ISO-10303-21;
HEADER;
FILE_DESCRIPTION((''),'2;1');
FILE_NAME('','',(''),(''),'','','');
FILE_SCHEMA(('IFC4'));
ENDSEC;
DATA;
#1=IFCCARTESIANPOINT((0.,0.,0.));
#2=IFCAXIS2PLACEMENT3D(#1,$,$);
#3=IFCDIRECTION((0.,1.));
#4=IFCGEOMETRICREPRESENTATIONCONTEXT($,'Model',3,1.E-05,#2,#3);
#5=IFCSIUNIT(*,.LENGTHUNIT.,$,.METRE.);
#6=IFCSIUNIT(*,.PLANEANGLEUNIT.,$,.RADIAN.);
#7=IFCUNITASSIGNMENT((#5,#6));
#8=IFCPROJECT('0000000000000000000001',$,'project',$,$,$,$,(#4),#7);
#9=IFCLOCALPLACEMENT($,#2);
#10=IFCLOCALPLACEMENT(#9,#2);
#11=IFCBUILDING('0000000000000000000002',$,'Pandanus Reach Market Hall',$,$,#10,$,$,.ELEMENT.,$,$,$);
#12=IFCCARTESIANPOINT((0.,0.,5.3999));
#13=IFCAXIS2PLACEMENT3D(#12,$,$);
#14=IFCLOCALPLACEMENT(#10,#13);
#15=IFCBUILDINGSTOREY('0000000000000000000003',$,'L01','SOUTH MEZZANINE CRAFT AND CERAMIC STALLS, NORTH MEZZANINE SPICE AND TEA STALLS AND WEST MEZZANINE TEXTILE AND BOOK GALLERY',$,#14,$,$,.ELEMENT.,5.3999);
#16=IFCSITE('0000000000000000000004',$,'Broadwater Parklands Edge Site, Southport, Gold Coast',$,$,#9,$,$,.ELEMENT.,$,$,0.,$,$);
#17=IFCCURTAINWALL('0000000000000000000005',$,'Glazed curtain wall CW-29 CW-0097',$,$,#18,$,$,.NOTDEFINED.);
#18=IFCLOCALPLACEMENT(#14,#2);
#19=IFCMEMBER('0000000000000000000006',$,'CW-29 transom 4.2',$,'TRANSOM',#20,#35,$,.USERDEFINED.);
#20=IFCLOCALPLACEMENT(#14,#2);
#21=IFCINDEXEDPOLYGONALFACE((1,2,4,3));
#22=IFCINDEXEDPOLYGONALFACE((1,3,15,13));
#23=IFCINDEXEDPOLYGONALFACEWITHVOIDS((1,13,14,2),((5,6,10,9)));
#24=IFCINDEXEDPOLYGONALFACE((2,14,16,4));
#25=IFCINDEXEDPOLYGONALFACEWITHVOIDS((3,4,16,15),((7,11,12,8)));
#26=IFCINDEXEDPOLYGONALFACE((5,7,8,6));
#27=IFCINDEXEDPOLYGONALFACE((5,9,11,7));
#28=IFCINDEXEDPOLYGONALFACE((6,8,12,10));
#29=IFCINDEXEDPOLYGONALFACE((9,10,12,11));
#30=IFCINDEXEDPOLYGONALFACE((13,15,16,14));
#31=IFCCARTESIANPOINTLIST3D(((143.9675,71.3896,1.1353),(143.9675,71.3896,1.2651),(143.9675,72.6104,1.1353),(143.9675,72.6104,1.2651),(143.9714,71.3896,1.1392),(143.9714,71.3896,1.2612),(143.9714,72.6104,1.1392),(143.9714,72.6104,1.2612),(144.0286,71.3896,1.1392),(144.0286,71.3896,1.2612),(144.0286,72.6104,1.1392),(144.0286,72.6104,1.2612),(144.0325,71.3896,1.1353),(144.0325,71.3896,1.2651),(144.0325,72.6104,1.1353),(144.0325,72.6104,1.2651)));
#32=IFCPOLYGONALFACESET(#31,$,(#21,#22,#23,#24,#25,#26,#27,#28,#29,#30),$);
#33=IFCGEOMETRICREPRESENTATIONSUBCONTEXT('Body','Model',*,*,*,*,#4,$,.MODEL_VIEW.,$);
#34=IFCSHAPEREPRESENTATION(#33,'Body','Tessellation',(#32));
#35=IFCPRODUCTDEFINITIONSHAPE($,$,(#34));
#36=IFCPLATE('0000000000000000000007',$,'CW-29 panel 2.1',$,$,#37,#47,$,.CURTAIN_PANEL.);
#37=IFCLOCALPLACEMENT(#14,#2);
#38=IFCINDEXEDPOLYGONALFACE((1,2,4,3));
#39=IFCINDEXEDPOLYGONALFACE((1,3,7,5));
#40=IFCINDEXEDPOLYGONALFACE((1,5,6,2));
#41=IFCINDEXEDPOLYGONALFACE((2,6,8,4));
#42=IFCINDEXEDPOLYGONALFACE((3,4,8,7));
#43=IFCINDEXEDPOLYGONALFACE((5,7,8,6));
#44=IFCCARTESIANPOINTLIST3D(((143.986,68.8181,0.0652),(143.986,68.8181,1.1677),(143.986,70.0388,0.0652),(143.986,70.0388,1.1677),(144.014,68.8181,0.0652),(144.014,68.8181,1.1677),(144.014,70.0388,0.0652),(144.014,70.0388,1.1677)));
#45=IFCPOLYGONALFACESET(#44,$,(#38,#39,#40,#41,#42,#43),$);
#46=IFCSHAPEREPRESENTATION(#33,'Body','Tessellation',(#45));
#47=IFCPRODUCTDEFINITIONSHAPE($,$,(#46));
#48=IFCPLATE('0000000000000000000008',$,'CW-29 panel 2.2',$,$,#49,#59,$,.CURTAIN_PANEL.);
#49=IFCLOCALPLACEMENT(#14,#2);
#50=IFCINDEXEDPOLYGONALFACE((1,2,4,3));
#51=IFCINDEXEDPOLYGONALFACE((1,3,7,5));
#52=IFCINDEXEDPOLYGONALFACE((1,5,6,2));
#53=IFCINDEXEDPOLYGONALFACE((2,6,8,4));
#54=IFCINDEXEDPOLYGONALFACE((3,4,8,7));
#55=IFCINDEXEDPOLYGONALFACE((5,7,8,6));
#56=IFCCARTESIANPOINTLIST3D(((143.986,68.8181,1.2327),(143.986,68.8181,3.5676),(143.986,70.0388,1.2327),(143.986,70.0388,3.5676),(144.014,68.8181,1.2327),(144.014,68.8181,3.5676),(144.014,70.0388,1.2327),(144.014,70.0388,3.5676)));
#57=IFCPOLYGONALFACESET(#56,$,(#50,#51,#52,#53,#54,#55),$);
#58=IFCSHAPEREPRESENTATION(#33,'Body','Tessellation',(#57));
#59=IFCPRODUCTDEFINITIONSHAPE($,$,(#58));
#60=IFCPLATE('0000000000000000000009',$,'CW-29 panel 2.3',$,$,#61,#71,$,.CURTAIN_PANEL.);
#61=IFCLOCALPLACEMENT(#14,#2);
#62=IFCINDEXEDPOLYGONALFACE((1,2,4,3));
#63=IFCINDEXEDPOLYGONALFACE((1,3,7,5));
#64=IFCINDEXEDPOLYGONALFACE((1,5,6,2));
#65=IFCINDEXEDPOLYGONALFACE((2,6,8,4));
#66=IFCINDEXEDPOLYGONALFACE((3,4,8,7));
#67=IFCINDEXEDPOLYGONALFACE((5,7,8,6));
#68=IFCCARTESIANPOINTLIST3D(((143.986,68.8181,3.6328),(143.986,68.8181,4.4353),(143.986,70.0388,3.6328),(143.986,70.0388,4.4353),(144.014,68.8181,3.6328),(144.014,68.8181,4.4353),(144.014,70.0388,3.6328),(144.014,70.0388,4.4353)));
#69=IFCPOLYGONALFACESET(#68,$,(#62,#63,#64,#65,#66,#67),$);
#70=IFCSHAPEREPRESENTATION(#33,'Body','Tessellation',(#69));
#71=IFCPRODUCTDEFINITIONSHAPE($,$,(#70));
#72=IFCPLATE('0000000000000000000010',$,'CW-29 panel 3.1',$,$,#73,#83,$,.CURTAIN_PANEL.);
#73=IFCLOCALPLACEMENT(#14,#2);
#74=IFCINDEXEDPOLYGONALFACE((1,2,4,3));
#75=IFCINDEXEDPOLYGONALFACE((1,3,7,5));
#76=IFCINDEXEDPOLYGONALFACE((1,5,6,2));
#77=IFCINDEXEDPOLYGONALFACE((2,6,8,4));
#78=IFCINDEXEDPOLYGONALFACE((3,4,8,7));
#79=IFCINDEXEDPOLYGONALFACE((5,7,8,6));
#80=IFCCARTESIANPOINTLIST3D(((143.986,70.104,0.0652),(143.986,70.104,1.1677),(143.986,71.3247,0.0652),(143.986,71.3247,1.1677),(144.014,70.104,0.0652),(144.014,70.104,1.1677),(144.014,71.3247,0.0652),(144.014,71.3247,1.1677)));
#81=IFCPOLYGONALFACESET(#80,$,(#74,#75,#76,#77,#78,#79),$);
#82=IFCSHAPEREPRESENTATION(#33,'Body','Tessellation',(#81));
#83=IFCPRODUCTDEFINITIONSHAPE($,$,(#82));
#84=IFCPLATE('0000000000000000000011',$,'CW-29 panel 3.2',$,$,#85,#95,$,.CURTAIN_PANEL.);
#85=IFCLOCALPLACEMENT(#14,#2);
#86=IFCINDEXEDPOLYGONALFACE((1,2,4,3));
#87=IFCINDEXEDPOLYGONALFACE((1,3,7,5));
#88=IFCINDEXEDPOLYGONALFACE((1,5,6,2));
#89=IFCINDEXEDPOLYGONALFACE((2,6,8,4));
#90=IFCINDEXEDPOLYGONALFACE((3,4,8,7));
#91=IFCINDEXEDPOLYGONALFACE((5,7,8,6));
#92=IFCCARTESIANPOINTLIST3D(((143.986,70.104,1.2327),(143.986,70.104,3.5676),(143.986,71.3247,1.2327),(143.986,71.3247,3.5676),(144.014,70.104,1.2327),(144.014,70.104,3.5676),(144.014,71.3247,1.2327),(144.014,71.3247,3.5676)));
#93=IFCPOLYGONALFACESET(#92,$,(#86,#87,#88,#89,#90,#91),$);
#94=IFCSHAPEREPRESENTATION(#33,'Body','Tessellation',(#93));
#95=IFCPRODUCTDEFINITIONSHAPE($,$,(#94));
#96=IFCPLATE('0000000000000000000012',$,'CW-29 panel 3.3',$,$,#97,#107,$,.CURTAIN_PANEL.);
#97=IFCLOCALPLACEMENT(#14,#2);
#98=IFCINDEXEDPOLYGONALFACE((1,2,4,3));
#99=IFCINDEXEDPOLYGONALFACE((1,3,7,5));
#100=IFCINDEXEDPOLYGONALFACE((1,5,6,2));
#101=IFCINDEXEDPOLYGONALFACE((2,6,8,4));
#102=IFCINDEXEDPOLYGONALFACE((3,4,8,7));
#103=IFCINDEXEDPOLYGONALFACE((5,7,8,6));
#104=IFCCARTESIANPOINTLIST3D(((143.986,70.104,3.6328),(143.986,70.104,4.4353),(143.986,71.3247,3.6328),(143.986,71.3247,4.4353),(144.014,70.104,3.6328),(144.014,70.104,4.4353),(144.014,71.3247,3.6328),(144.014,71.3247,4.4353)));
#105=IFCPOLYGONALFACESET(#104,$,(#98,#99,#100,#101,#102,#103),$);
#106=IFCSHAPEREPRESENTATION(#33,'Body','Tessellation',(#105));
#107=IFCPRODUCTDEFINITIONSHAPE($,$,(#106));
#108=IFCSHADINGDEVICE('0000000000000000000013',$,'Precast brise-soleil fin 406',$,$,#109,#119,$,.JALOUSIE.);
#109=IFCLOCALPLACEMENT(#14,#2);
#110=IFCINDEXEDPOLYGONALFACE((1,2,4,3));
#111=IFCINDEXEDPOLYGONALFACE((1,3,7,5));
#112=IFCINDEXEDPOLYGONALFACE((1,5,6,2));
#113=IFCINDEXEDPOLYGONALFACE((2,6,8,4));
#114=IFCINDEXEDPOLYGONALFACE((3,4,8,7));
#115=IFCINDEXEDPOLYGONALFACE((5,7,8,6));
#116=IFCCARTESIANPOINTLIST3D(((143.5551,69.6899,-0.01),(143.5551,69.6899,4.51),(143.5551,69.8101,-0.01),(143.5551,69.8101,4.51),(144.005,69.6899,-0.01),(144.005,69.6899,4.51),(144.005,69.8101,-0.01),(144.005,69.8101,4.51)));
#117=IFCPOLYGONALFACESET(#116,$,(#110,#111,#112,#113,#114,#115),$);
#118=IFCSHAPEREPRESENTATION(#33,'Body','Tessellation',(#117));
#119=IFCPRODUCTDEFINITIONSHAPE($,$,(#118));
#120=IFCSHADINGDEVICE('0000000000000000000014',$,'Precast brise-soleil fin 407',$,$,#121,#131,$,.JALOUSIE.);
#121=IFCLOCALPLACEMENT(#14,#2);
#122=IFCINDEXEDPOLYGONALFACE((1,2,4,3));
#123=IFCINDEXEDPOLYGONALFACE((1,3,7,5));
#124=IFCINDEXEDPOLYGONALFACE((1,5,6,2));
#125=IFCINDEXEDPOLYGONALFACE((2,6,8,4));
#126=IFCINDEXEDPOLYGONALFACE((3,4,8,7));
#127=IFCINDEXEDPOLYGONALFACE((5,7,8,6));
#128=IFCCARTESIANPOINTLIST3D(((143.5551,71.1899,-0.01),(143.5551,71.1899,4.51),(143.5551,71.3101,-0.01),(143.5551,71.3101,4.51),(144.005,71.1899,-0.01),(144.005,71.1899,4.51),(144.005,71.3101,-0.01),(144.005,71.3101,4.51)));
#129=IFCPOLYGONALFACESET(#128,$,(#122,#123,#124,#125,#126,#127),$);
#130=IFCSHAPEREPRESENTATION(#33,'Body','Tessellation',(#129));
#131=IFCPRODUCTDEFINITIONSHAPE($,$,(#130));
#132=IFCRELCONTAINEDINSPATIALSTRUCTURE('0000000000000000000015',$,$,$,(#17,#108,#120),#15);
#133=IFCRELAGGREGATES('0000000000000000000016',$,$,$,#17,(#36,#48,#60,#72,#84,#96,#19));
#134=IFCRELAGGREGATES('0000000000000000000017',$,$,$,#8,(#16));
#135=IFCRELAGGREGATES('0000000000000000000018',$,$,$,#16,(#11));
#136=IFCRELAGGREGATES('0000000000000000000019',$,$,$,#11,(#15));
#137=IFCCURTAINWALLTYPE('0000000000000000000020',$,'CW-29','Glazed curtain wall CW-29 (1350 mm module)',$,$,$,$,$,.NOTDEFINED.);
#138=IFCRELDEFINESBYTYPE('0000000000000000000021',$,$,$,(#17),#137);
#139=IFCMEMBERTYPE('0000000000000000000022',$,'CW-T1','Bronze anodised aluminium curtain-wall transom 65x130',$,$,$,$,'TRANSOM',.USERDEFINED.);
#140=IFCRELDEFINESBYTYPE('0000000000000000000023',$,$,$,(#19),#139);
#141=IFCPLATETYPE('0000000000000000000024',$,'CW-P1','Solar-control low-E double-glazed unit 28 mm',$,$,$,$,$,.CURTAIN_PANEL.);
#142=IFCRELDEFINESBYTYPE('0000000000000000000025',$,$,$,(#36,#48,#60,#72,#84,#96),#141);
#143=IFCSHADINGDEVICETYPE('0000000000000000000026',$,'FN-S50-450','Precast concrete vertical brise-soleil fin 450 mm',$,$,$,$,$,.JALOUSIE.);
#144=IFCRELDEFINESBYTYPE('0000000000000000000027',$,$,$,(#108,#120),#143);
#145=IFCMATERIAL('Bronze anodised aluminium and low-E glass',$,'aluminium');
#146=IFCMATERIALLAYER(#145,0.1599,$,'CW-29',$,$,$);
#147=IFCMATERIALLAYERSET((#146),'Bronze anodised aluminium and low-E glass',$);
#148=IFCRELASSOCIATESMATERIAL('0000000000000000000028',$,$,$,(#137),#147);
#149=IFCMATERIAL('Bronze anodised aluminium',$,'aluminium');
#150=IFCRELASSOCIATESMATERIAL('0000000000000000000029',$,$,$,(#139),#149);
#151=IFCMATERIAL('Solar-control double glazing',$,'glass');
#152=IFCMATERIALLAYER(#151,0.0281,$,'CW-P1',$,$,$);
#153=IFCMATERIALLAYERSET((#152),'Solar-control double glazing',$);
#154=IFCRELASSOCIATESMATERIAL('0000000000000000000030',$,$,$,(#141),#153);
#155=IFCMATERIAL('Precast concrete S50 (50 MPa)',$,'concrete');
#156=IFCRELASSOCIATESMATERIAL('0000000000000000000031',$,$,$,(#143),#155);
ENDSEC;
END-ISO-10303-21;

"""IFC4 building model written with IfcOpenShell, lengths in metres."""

from ifc_helpers import new_model, si_unit, direction, frame, origin, origin_2d, place, context, subcontext, project, spatial, rectangle, hollow_rectangle, extrude, material, layer, layer_set, material_profile, profile_set, type_object, element, aggregate, save


model = new_model("IFC4")

# Units and contexts
model_context = context("Model", 3, precision=1e-05, world=origin(), true_north=direction((0.0, 1.0)))
body_context = subcontext(model_context, "Body", "Model", "MODEL_VIEW")
ifc_project = project(units=[si_unit("LENGTHUNIT", "METRE"), si_unit("PLANEANGLEUNIT", "RADIAN")], contexts=[model_context])

# Site, building, storey
site_placement = place(None, origin())
site = spatial("IfcSite", under=ifc_project, at=site_placement, Name="Broadwater Parklands Edge Site, Southport, Gold Coast", CompositionType="ELEMENT", RefElevation=0.0)
building_placement = place(site_placement, origin())
building = spatial("IfcBuilding", under=site, at=building_placement, Name="Pandanus Reach Market Hall", CompositionType="ELEMENT")
storey_placement = place(building_placement, frame((0.0, 0.0, 5.3999)))
storey = spatial("IfcBuildingStorey", under=building, at=storey_placement, Name="L01", Description="SOUTH MEZZANINE CRAFT AND CERAMIC STALLS, NORTH MEZZANINE SPICE AND TEA STALLS AND WEST MEZZANINE TEXTILE AND BOOK GALLERY", CompositionType="ELEMENT", Elevation=5.3999)

# Curtain wall, member, plates
ifc_material_1 = material(Name="Bronze anodised aluminium and low-E glass", Category="aluminium")
ifc_layer_1 = layer(ifc_material_1, 0.1599, Name="CW-29")
ifc_layer_set_1 = layer_set([ifc_layer_1], Name="Bronze anodised aluminium and low-E glass")
curtain_wall_type = type_object("IfcCurtainWallType", Name="CW-29", Description="Glazed curtain wall CW-29 (1350 mm module)", PredefinedType="NOTDEFINED", material=ifc_layer_set_1)
curtain_wall_placement = place(storey_placement, origin())
curtain_wall = element("IfcCurtainWall", 1, at=curtain_wall_placement, inside=storey, type_object=curtain_wall_type, Name="Glazed curtain wall CW-29 CW-0097", PredefinedType="NOTDEFINED")
ifc_material_2 = material(Name="Bronze anodised aluminium", Category="aluminium")
ifc_material_profile_1 = material_profile(ifc_material_2, hollow_rectangle(XDim=0.0649, YDim=0.1299, WallThickness=0.0039, at=origin_2d()), Name="ALU65x130", Category="LoadBearing")
ifc_profile_set_1 = profile_set([ifc_material_profile_1], Name="Bronze anodised aluminium")
member_type_1 = type_object("IfcMemberType", Name="CW-T1", Description="Bronze anodised aluminium curtain-wall transom 65x130", ElementType="TRANSOM", PredefinedType="USERDEFINED", material=ifc_profile_set_1)
member_1_placement = place(storey_placement, frame((144.0, 71.3896, 1.2002), z_axis=(0.0, 1.0, 0.0), x_axis=(-1.0, 0.0, 0.0)))
member_1 = element("IfcMember", 2, at=member_1_placement, type_object=member_type_1, Name="CW-29 transom 4.2", ObjectType="TRANSOM", PredefinedType="USERDEFINED", context=body_context, shape_type="SweptSolid", body=[
    extrude(hollow_rectangle(XDim=0.0649, YDim=0.1299, WallThickness=0.0039, at=origin_2d()), origin(), (0.0, 0.0, 1.0), 1.2207),
])
ifc_material_3 = material(Name="Solar-control double glazing", Category="glass")
ifc_layer_2 = layer(ifc_material_3, 0.0281, Name="CW-P1")
ifc_layer_set_2 = layer_set([ifc_layer_2], Name="Solar-control double glazing")
plate_type = type_object("IfcPlateType", Name="CW-P1", Description="Solar-control low-E double-glazed unit 28 mm", PredefinedType="CURTAIN_PANEL", material=ifc_layer_set_2)
plate_1_placement = place(storey_placement, frame((144.0, 69.4285, 0.0652), z_axis=(0.0, 0.0, 1.0), x_axis=(0.0, 1.0, 0.0)))
plate_1 = element("IfcPlate", 3, at=plate_1_placement, type_object=plate_type, Name="CW-29 panel 2.1", PredefinedType="CURTAIN_PANEL", context=body_context, shape_type="SweptSolid", body=[
    extrude(rectangle(XDim=1.2207, YDim=0.0281, at=origin_2d()), origin(), (0.0, 0.0, 1.0), 1.1025),
])
plate_2_placement = place(storey_placement, frame((144.0, 69.4285, 1.2327), z_axis=(0.0, 0.0, 1.0), x_axis=(0.0, 1.0, 0.0)))
plate_2 = element("IfcPlate", 4, at=plate_2_placement, type_object=plate_type, Name="CW-29 panel 2.2", PredefinedType="CURTAIN_PANEL", context=body_context, shape_type="SweptSolid", body=[
    extrude(rectangle(XDim=1.2207, YDim=0.0281, at=origin_2d()), origin(), (0.0, 0.0, 1.0), 2.335),
])
plate_3_placement = place(storey_placement, frame((144.0, 69.4285, 3.6328), z_axis=(0.0, 0.0, 1.0), x_axis=(0.0, 1.0, 0.0)))
plate_3 = element("IfcPlate", 5, at=plate_3_placement, type_object=plate_type, Name="CW-29 panel 2.3", PredefinedType="CURTAIN_PANEL", context=body_context, shape_type="SweptSolid", body=[
    extrude(rectangle(XDim=1.2207, YDim=0.0281, at=origin_2d()), origin(), (0.0, 0.0, 1.0), 0.8025),
])
plate_4_placement = place(storey_placement, frame((144.0, 70.7144, 0.0652), z_axis=(0.0, 0.0, 1.0), x_axis=(0.0, 1.0, 0.0)))
plate_4 = element("IfcPlate", 6, at=plate_4_placement, type_object=plate_type, Name="CW-29 panel 3.1", PredefinedType="CURTAIN_PANEL", context=body_context, shape_type="SweptSolid", body=[
    extrude(rectangle(XDim=1.2207, YDim=0.0281, at=origin_2d()), origin(), (0.0, 0.0, 1.0), 1.1025),
])
plate_5_placement = place(storey_placement, frame((144.0, 70.7144, 1.2327), z_axis=(0.0, 0.0, 1.0), x_axis=(0.0, 1.0, 0.0)))
plate_5 = element("IfcPlate", 7, at=plate_5_placement, type_object=plate_type, Name="CW-29 panel 3.2", PredefinedType="CURTAIN_PANEL", context=body_context, shape_type="SweptSolid", body=[
    extrude(rectangle(XDim=1.2207, YDim=0.0281, at=origin_2d()), origin(), (0.0, 0.0, 1.0), 2.335),
])
plate_6_placement = place(storey_placement, frame((144.0, 70.7144, 3.6328), z_axis=(0.0, 0.0, 1.0), x_axis=(0.0, 1.0, 0.0)))
plate_6 = element("IfcPlate", 8, at=plate_6_placement, type_object=plate_type, Name="CW-29 panel 3.3", PredefinedType="CURTAIN_PANEL", context=body_context, shape_type="SweptSolid", body=[
    extrude(rectangle(XDim=1.2207, YDim=0.0281, at=origin_2d()), origin(), (0.0, 0.0, 1.0), 0.8025),
])
aggregate(curtain_wall, [plate_1, plate_2, plate_3, plate_4, plate_5, plate_6, member_1])

# Shading devices
ifc_material_4 = material(Name="Precast concrete S50 (50 MPa)", Category="concrete")
shading_device_type = type_object("IfcShadingDeviceType", Name="FN-S50-450", Description="Precast concrete vertical brise-soleil fin 450 mm", PredefinedType="JALOUSIE", material=ifc_material_4)
for number, where, z_axis, x_axis, name in (
    (9, (143.78, 69.75, -0.01), (0.0, 0.0, 1.0), (-1.0, 0.0, 0.0), "Precast brise-soleil fin 406"),
    (10, (143.78, 71.25, -0.01), (0.0, 0.0, 1.0), (-1.0, 0.0, 0.0), "Precast brise-soleil fin 407"),
):
    element("IfcShadingDevice", number, at=place(storey_placement, frame(where, z_axis=z_axis, x_axis=x_axis)), inside=storey, type_object=shading_device_type, Name=name, PredefinedType="JALOUSIE", context=body_context, shape_type="SweptSolid", body=[
        extrude(rectangle(XDim=0.45, YDim=0.1201, at=origin_2d()), origin(), (0.0, 0.0, 1.0), 4.52),
    ])

save(model, "model.ifc")
